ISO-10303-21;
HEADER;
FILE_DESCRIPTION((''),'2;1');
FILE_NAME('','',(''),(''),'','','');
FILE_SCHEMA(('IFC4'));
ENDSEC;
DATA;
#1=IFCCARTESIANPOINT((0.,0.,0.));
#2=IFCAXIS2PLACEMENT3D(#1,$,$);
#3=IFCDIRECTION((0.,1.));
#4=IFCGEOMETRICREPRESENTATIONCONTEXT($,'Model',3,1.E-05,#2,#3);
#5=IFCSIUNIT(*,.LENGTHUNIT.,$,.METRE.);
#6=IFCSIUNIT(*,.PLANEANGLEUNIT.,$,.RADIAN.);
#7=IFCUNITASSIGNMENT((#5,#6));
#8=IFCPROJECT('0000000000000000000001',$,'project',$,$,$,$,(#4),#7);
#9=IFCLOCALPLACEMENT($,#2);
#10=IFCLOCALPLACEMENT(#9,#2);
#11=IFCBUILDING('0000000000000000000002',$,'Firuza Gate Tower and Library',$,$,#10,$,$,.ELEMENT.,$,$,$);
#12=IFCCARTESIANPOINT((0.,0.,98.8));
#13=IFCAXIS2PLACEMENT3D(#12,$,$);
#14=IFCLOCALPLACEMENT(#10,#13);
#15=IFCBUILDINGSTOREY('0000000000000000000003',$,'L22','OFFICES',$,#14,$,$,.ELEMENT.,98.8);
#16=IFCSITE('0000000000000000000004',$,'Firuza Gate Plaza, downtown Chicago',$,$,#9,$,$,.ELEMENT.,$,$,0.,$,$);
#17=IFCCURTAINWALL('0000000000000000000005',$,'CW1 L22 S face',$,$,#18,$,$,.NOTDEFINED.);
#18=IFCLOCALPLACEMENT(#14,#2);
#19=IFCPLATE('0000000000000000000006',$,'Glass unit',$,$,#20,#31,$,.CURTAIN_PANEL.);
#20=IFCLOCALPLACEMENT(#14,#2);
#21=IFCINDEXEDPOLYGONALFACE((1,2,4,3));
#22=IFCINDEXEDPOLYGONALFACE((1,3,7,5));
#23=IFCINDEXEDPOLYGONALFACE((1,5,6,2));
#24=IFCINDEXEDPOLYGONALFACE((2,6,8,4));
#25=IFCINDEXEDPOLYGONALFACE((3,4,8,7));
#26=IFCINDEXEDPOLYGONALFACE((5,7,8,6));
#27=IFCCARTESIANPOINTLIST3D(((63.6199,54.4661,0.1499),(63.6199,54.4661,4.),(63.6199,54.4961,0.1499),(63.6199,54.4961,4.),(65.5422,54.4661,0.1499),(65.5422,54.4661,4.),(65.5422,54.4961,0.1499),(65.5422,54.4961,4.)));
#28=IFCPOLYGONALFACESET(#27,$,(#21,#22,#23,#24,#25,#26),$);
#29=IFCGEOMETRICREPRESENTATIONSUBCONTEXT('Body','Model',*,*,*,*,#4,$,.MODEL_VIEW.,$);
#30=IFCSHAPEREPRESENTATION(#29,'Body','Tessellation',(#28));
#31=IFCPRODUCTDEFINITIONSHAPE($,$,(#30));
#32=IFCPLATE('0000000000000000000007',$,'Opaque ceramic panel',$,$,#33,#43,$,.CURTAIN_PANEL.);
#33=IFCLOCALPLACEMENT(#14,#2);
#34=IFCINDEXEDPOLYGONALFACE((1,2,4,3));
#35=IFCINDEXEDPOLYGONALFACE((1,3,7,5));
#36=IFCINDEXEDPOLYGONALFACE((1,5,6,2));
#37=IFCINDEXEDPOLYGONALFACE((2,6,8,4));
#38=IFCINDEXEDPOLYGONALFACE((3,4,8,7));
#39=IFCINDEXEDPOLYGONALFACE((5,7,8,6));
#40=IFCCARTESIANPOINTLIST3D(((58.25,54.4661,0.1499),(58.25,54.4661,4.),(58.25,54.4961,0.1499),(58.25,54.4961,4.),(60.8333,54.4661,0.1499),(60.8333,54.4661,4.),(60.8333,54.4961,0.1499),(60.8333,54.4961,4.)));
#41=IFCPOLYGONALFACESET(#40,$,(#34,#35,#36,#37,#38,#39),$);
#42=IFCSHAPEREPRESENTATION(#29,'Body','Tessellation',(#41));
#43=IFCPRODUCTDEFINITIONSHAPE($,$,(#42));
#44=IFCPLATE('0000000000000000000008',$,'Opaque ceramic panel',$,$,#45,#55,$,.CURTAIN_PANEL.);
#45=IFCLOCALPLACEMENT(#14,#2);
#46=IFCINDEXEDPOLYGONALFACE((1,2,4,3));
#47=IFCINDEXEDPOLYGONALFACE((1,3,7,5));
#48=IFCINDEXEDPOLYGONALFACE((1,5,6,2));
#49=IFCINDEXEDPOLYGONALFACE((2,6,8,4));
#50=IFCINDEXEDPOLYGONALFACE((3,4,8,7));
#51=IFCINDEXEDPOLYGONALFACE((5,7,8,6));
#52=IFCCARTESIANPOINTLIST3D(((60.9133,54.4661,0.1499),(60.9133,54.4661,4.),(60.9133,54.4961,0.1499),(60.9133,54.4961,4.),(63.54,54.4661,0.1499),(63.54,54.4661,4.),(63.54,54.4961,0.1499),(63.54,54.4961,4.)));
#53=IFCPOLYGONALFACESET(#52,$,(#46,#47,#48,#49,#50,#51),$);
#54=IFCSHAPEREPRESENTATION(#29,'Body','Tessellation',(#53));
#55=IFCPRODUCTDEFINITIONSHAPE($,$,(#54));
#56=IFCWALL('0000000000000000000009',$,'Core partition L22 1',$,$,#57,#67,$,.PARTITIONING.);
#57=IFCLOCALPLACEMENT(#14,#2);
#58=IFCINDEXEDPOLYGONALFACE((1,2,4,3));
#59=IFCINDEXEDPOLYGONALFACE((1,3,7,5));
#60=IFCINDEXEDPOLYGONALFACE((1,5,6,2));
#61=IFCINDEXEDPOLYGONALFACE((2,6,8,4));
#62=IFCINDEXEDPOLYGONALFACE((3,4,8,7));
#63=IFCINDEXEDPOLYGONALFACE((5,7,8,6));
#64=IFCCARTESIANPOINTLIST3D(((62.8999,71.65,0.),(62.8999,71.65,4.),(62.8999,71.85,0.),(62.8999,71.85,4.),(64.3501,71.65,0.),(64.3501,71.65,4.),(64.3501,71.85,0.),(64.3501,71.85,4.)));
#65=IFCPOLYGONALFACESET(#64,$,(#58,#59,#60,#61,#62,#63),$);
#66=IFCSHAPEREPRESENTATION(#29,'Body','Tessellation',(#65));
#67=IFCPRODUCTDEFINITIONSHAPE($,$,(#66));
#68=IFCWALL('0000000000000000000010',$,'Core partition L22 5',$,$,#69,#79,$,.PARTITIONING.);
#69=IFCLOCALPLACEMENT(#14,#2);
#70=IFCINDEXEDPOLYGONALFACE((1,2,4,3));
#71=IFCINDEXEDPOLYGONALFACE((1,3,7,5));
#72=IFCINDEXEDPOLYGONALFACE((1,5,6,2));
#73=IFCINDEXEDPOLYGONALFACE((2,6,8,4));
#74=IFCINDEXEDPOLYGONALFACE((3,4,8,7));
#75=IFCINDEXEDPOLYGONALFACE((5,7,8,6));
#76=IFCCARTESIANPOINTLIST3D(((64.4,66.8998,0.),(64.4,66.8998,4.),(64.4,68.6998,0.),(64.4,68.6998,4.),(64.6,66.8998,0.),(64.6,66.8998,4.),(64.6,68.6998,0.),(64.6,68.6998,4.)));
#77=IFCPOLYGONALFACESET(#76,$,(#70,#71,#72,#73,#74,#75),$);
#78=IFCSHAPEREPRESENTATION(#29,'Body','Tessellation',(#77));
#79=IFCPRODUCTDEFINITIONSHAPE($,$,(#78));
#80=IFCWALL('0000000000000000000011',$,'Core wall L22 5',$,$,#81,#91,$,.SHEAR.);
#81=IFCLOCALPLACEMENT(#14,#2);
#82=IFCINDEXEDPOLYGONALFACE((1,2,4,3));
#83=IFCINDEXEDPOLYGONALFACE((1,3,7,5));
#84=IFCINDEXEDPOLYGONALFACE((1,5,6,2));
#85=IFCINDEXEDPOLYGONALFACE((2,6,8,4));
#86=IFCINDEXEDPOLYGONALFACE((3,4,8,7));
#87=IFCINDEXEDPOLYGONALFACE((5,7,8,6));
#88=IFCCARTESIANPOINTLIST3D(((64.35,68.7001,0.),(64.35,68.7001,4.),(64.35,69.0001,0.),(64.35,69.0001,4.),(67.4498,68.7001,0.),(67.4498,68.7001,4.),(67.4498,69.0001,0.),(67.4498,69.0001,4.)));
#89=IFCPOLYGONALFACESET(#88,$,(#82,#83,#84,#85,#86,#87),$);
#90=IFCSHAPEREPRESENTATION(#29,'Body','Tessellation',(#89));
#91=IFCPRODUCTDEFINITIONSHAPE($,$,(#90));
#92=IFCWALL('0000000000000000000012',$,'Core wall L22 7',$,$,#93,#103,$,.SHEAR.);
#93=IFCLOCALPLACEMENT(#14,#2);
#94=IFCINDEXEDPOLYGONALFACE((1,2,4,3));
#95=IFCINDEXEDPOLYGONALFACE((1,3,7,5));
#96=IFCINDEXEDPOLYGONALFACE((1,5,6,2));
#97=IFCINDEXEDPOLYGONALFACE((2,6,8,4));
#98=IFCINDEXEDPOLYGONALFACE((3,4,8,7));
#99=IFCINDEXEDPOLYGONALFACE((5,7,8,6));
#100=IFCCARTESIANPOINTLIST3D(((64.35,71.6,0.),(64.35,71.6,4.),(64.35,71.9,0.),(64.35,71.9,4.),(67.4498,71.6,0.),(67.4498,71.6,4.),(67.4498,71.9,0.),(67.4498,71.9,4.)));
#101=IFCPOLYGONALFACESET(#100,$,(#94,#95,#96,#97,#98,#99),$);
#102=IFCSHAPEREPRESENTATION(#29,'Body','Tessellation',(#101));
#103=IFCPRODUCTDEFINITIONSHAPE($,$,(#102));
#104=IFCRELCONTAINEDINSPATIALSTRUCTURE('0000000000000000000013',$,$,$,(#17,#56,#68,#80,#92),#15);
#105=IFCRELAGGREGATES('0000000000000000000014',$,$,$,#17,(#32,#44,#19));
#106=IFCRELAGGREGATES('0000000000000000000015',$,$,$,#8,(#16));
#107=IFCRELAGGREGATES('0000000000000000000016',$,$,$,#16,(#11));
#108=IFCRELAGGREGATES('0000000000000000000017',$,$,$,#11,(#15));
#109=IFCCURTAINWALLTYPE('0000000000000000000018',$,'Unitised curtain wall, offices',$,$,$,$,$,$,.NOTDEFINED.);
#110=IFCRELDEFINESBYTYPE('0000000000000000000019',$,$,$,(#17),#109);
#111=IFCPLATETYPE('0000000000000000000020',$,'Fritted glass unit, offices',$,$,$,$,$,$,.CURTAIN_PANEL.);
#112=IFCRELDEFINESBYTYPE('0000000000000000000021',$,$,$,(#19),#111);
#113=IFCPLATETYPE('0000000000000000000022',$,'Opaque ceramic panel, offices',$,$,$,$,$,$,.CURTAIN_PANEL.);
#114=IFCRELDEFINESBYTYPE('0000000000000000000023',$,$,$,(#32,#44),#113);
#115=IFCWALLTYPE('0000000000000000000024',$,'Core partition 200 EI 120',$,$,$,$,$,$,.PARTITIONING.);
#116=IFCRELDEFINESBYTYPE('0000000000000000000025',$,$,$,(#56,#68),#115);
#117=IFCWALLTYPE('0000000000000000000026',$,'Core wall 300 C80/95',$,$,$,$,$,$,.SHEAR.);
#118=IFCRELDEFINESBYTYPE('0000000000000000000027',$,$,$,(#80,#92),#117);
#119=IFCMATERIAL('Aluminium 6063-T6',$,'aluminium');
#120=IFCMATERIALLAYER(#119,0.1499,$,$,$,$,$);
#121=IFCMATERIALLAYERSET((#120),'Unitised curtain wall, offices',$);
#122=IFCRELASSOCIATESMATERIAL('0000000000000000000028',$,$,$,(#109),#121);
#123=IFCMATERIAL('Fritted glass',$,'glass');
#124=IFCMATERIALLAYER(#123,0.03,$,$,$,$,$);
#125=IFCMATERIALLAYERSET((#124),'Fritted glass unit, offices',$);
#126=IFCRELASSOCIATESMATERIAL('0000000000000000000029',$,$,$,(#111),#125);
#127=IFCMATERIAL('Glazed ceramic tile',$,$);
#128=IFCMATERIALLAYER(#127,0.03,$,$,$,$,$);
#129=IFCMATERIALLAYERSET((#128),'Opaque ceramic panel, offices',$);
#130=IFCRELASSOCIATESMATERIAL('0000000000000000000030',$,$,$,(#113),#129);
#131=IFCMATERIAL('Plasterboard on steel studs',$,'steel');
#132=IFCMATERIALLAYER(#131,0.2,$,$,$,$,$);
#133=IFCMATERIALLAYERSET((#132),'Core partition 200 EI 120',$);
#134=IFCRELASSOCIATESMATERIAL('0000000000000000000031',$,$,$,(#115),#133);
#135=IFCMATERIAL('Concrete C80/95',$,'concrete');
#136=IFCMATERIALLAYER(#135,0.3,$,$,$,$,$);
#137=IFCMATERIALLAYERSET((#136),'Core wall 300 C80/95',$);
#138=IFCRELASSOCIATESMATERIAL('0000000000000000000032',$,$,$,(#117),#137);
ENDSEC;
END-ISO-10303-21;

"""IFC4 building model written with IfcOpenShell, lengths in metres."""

from ifc_helpers import new_model, si_unit, direction, frame, frame_2d, origin, place, context, subcontext, project, spatial, polyline, rectangle, outline, extrude, material, layer, layer_set, type_object, element, aggregate, save


model = new_model("IFC4")

# Units and contexts
model_context = context("Model", 3, precision=1e-05, world=origin(), true_north=direction((0.0, 1.0)))
body_context = subcontext(model_context, "Body", "Model", "MODEL_VIEW")
ifc_project = project(units=[si_unit("LENGTHUNIT", "METRE"), si_unit("PLANEANGLEUNIT", "RADIAN")], contexts=[model_context])

# Site, building, storey
site_placement = place(None, origin())
site = spatial("IfcSite", under=ifc_project, at=site_placement, Name="Firuza Gate Plaza, downtown Chicago", CompositionType="ELEMENT", RefElevation=0.0)
building_placement = place(site_placement, origin())
building = spatial("IfcBuilding", under=site, at=building_placement, Name="Firuza Gate Tower and Library", CompositionType="ELEMENT")
storey_placement = place(building_placement, frame((0.0, 0.0, 98.8)))
storey = spatial("IfcBuildingStorey", under=building, at=storey_placement, Name="L22", Description="OFFICES", CompositionType="ELEMENT", Elevation=98.8)

# Curtain wall
ifc_material_1 = material(Name="Aluminium 6063-T6", Category="aluminium")
ifc_layer_1 = layer(ifc_material_1, 0.1499)
ifc_layer_set_1 = layer_set([ifc_layer_1], Name="Unitised curtain wall, offices")
curtain_wall_type = type_object("IfcCurtainWallType", Name="Unitised curtain wall, offices", PredefinedType="NOTDEFINED", material=ifc_layer_set_1)
curtain_wall_placement = place(storey_placement, origin())
curtain_wall = element("IfcCurtainWall", 1, at=curtain_wall_placement, inside=storey, type_object=curtain_wall_type, Name="CW1 L22 S face", PredefinedType="NOTDEFINED")

# Plates
ifc_material_2 = material(Name="Fritted glass", Category="glass")
ifc_layer_2 = layer(ifc_material_2, 0.03)
ifc_layer_set_2 = layer_set([ifc_layer_2], Name="Fritted glass unit, offices")
plate_type_1 = type_object("IfcPlateType", Name="Fritted glass unit, offices", PredefinedType="CURTAIN_PANEL", material=ifc_layer_set_2)
plate_1_placement = place(storey_placement, frame((63.6199, 54.4661, 0.1499), z_axis=(0.0, -1.0, 0.0), x_axis=(1.0, 0.0, 0.0)))
plate_1 = element("IfcPlate", 2, at=plate_1_placement, type_object=plate_type_1, Name="Glass unit", PredefinedType="CURTAIN_PANEL", context=body_context, shape_type="SweptSolid", body=[
    extrude(outline(polyline([(0.0, 0.0), (1.9224, 0.0), (1.9224, 3.8501), (0.0, 3.8501), (0.0, 0.0)])), origin(), (0.0, 0.0, -1.0), 0.03),
])
ifc_material_3 = material(Name="Glazed ceramic tile")
ifc_layer_3 = layer(ifc_material_3, 0.03)
ifc_layer_set_3 = layer_set([ifc_layer_3], Name="Opaque ceramic panel, offices")
plate_type_2 = type_object("IfcPlateType", Name="Opaque ceramic panel, offices", PredefinedType="CURTAIN_PANEL", material=ifc_layer_set_3)
plate_2_placement = place(storey_placement, frame((58.25, 54.4661, 0.1499), z_axis=(0.0, -1.0, 0.0), x_axis=(1.0, 0.0, 0.0)))
plate_2 = element("IfcPlate", 3, at=plate_2_placement, type_object=plate_type_2, Name="Opaque ceramic panel", PredefinedType="CURTAIN_PANEL", context=body_context, shape_type="SweptSolid", body=[
    extrude(outline(polyline([(0.0, 0.0), (2.5833, 0.0), (2.5833, 3.8501), (0.0, 3.8501), (0.0, 0.0)])), origin(), (0.0, 0.0, -1.0), 0.03),
])
plate_3_placement = place(storey_placement, frame((60.9133, 54.4661, 0.1499), z_axis=(0.0, -1.0, 0.0), x_axis=(1.0, 0.0, 0.0)))
plate_3 = element("IfcPlate", 4, at=plate_3_placement, type_object=plate_type_2, Name="Opaque ceramic panel", PredefinedType="CURTAIN_PANEL", context=body_context, shape_type="SweptSolid", body=[
    extrude(outline(polyline([(0.0, 0.0), (2.6267, 0.0), (2.6267, 3.8501), (0.0, 3.8501), (0.0, 0.0)])), origin(), (0.0, 0.0, -1.0), 0.03),
])
aggregate(curtain_wall, [plate_2, plate_3, plate_1])

# Walls
ifc_material_4 = material(Name="Plasterboard on steel studs", Category="steel")
ifc_layer_4 = layer(ifc_material_4, 0.2)
ifc_layer_set_4 = layer_set([ifc_layer_4], Name="Core partition 200 EI 120")
wall_type_1 = type_object("IfcWallType", Name="Core partition 200 EI 120", PredefinedType="PARTITIONING", material=ifc_layer_set_4)
wall_1_placement = place(storey_placement, frame((62.8999, 71.75, 0.0), z_axis=(0.0, 0.0, 1.0), x_axis=(1.0, 0.0, 0.0)))
element("IfcWall", 5, at=wall_1_placement, inside=storey, type_object=wall_type_1, Name="Core partition L22 1", PredefinedType="PARTITIONING", context=body_context, shape_type="SweptSolid", body=[
    extrude(rectangle(XDim=1.4502, YDim=0.2, at=frame_2d((0.7251, 0.0))), origin(), (0.0, 0.0, 1.0), 4.0),
])
wall_2_placement = place(storey_placement, frame((64.5, 66.8999, 0.0), z_axis=(0.0, 0.0, 1.0), x_axis=(0.0, 1.0, 0.0)))
element("IfcWall", 6, at=wall_2_placement, inside=storey, type_object=wall_type_1, Name="Core partition L22 5", PredefinedType="PARTITIONING", context=body_context, shape_type="SweptSolid", body=[
    extrude(rectangle(XDim=1.8, YDim=0.2, at=frame_2d((0.8999, 0.0))), origin(), (0.0, 0.0, 1.0), 4.0),
])
ifc_material_5 = material(Name="Concrete C80/95", Category="concrete")
ifc_layer_5 = layer(ifc_material_5, 0.3)
ifc_layer_set_5 = layer_set([ifc_layer_5], Name="Core wall 300 C80/95")
wall_type_2 = type_object("IfcWallType", Name="Core wall 300 C80/95", PredefinedType="SHEAR", material=ifc_layer_set_5)
for number, where, z_axis, x_axis, name in (
    (7, (64.3501, 68.8501, 0.0), (0.0, 0.0, 1.0), (1.0, 0.0, 0.0), "Core wall L22 5"),
    (8, (64.3501, 71.75, 0.0), (0.0, 0.0, 1.0), (1.0, 0.0, 0.0), "Core wall L22 7"),
):
    element("IfcWall", number, at=place(storey_placement, frame(where, z_axis=z_axis, x_axis=x_axis)), inside=storey, type_object=wall_type_2, Name=name, PredefinedType="SHEAR", context=body_context, shape_type="SweptSolid", body=[
        extrude(rectangle(XDim=3.0999, YDim=0.3, at=frame_2d((1.5498, 0.0))), origin(), (0.0, 0.0, 1.0), 4.0),
    ])

save(model, "model.ifc")
